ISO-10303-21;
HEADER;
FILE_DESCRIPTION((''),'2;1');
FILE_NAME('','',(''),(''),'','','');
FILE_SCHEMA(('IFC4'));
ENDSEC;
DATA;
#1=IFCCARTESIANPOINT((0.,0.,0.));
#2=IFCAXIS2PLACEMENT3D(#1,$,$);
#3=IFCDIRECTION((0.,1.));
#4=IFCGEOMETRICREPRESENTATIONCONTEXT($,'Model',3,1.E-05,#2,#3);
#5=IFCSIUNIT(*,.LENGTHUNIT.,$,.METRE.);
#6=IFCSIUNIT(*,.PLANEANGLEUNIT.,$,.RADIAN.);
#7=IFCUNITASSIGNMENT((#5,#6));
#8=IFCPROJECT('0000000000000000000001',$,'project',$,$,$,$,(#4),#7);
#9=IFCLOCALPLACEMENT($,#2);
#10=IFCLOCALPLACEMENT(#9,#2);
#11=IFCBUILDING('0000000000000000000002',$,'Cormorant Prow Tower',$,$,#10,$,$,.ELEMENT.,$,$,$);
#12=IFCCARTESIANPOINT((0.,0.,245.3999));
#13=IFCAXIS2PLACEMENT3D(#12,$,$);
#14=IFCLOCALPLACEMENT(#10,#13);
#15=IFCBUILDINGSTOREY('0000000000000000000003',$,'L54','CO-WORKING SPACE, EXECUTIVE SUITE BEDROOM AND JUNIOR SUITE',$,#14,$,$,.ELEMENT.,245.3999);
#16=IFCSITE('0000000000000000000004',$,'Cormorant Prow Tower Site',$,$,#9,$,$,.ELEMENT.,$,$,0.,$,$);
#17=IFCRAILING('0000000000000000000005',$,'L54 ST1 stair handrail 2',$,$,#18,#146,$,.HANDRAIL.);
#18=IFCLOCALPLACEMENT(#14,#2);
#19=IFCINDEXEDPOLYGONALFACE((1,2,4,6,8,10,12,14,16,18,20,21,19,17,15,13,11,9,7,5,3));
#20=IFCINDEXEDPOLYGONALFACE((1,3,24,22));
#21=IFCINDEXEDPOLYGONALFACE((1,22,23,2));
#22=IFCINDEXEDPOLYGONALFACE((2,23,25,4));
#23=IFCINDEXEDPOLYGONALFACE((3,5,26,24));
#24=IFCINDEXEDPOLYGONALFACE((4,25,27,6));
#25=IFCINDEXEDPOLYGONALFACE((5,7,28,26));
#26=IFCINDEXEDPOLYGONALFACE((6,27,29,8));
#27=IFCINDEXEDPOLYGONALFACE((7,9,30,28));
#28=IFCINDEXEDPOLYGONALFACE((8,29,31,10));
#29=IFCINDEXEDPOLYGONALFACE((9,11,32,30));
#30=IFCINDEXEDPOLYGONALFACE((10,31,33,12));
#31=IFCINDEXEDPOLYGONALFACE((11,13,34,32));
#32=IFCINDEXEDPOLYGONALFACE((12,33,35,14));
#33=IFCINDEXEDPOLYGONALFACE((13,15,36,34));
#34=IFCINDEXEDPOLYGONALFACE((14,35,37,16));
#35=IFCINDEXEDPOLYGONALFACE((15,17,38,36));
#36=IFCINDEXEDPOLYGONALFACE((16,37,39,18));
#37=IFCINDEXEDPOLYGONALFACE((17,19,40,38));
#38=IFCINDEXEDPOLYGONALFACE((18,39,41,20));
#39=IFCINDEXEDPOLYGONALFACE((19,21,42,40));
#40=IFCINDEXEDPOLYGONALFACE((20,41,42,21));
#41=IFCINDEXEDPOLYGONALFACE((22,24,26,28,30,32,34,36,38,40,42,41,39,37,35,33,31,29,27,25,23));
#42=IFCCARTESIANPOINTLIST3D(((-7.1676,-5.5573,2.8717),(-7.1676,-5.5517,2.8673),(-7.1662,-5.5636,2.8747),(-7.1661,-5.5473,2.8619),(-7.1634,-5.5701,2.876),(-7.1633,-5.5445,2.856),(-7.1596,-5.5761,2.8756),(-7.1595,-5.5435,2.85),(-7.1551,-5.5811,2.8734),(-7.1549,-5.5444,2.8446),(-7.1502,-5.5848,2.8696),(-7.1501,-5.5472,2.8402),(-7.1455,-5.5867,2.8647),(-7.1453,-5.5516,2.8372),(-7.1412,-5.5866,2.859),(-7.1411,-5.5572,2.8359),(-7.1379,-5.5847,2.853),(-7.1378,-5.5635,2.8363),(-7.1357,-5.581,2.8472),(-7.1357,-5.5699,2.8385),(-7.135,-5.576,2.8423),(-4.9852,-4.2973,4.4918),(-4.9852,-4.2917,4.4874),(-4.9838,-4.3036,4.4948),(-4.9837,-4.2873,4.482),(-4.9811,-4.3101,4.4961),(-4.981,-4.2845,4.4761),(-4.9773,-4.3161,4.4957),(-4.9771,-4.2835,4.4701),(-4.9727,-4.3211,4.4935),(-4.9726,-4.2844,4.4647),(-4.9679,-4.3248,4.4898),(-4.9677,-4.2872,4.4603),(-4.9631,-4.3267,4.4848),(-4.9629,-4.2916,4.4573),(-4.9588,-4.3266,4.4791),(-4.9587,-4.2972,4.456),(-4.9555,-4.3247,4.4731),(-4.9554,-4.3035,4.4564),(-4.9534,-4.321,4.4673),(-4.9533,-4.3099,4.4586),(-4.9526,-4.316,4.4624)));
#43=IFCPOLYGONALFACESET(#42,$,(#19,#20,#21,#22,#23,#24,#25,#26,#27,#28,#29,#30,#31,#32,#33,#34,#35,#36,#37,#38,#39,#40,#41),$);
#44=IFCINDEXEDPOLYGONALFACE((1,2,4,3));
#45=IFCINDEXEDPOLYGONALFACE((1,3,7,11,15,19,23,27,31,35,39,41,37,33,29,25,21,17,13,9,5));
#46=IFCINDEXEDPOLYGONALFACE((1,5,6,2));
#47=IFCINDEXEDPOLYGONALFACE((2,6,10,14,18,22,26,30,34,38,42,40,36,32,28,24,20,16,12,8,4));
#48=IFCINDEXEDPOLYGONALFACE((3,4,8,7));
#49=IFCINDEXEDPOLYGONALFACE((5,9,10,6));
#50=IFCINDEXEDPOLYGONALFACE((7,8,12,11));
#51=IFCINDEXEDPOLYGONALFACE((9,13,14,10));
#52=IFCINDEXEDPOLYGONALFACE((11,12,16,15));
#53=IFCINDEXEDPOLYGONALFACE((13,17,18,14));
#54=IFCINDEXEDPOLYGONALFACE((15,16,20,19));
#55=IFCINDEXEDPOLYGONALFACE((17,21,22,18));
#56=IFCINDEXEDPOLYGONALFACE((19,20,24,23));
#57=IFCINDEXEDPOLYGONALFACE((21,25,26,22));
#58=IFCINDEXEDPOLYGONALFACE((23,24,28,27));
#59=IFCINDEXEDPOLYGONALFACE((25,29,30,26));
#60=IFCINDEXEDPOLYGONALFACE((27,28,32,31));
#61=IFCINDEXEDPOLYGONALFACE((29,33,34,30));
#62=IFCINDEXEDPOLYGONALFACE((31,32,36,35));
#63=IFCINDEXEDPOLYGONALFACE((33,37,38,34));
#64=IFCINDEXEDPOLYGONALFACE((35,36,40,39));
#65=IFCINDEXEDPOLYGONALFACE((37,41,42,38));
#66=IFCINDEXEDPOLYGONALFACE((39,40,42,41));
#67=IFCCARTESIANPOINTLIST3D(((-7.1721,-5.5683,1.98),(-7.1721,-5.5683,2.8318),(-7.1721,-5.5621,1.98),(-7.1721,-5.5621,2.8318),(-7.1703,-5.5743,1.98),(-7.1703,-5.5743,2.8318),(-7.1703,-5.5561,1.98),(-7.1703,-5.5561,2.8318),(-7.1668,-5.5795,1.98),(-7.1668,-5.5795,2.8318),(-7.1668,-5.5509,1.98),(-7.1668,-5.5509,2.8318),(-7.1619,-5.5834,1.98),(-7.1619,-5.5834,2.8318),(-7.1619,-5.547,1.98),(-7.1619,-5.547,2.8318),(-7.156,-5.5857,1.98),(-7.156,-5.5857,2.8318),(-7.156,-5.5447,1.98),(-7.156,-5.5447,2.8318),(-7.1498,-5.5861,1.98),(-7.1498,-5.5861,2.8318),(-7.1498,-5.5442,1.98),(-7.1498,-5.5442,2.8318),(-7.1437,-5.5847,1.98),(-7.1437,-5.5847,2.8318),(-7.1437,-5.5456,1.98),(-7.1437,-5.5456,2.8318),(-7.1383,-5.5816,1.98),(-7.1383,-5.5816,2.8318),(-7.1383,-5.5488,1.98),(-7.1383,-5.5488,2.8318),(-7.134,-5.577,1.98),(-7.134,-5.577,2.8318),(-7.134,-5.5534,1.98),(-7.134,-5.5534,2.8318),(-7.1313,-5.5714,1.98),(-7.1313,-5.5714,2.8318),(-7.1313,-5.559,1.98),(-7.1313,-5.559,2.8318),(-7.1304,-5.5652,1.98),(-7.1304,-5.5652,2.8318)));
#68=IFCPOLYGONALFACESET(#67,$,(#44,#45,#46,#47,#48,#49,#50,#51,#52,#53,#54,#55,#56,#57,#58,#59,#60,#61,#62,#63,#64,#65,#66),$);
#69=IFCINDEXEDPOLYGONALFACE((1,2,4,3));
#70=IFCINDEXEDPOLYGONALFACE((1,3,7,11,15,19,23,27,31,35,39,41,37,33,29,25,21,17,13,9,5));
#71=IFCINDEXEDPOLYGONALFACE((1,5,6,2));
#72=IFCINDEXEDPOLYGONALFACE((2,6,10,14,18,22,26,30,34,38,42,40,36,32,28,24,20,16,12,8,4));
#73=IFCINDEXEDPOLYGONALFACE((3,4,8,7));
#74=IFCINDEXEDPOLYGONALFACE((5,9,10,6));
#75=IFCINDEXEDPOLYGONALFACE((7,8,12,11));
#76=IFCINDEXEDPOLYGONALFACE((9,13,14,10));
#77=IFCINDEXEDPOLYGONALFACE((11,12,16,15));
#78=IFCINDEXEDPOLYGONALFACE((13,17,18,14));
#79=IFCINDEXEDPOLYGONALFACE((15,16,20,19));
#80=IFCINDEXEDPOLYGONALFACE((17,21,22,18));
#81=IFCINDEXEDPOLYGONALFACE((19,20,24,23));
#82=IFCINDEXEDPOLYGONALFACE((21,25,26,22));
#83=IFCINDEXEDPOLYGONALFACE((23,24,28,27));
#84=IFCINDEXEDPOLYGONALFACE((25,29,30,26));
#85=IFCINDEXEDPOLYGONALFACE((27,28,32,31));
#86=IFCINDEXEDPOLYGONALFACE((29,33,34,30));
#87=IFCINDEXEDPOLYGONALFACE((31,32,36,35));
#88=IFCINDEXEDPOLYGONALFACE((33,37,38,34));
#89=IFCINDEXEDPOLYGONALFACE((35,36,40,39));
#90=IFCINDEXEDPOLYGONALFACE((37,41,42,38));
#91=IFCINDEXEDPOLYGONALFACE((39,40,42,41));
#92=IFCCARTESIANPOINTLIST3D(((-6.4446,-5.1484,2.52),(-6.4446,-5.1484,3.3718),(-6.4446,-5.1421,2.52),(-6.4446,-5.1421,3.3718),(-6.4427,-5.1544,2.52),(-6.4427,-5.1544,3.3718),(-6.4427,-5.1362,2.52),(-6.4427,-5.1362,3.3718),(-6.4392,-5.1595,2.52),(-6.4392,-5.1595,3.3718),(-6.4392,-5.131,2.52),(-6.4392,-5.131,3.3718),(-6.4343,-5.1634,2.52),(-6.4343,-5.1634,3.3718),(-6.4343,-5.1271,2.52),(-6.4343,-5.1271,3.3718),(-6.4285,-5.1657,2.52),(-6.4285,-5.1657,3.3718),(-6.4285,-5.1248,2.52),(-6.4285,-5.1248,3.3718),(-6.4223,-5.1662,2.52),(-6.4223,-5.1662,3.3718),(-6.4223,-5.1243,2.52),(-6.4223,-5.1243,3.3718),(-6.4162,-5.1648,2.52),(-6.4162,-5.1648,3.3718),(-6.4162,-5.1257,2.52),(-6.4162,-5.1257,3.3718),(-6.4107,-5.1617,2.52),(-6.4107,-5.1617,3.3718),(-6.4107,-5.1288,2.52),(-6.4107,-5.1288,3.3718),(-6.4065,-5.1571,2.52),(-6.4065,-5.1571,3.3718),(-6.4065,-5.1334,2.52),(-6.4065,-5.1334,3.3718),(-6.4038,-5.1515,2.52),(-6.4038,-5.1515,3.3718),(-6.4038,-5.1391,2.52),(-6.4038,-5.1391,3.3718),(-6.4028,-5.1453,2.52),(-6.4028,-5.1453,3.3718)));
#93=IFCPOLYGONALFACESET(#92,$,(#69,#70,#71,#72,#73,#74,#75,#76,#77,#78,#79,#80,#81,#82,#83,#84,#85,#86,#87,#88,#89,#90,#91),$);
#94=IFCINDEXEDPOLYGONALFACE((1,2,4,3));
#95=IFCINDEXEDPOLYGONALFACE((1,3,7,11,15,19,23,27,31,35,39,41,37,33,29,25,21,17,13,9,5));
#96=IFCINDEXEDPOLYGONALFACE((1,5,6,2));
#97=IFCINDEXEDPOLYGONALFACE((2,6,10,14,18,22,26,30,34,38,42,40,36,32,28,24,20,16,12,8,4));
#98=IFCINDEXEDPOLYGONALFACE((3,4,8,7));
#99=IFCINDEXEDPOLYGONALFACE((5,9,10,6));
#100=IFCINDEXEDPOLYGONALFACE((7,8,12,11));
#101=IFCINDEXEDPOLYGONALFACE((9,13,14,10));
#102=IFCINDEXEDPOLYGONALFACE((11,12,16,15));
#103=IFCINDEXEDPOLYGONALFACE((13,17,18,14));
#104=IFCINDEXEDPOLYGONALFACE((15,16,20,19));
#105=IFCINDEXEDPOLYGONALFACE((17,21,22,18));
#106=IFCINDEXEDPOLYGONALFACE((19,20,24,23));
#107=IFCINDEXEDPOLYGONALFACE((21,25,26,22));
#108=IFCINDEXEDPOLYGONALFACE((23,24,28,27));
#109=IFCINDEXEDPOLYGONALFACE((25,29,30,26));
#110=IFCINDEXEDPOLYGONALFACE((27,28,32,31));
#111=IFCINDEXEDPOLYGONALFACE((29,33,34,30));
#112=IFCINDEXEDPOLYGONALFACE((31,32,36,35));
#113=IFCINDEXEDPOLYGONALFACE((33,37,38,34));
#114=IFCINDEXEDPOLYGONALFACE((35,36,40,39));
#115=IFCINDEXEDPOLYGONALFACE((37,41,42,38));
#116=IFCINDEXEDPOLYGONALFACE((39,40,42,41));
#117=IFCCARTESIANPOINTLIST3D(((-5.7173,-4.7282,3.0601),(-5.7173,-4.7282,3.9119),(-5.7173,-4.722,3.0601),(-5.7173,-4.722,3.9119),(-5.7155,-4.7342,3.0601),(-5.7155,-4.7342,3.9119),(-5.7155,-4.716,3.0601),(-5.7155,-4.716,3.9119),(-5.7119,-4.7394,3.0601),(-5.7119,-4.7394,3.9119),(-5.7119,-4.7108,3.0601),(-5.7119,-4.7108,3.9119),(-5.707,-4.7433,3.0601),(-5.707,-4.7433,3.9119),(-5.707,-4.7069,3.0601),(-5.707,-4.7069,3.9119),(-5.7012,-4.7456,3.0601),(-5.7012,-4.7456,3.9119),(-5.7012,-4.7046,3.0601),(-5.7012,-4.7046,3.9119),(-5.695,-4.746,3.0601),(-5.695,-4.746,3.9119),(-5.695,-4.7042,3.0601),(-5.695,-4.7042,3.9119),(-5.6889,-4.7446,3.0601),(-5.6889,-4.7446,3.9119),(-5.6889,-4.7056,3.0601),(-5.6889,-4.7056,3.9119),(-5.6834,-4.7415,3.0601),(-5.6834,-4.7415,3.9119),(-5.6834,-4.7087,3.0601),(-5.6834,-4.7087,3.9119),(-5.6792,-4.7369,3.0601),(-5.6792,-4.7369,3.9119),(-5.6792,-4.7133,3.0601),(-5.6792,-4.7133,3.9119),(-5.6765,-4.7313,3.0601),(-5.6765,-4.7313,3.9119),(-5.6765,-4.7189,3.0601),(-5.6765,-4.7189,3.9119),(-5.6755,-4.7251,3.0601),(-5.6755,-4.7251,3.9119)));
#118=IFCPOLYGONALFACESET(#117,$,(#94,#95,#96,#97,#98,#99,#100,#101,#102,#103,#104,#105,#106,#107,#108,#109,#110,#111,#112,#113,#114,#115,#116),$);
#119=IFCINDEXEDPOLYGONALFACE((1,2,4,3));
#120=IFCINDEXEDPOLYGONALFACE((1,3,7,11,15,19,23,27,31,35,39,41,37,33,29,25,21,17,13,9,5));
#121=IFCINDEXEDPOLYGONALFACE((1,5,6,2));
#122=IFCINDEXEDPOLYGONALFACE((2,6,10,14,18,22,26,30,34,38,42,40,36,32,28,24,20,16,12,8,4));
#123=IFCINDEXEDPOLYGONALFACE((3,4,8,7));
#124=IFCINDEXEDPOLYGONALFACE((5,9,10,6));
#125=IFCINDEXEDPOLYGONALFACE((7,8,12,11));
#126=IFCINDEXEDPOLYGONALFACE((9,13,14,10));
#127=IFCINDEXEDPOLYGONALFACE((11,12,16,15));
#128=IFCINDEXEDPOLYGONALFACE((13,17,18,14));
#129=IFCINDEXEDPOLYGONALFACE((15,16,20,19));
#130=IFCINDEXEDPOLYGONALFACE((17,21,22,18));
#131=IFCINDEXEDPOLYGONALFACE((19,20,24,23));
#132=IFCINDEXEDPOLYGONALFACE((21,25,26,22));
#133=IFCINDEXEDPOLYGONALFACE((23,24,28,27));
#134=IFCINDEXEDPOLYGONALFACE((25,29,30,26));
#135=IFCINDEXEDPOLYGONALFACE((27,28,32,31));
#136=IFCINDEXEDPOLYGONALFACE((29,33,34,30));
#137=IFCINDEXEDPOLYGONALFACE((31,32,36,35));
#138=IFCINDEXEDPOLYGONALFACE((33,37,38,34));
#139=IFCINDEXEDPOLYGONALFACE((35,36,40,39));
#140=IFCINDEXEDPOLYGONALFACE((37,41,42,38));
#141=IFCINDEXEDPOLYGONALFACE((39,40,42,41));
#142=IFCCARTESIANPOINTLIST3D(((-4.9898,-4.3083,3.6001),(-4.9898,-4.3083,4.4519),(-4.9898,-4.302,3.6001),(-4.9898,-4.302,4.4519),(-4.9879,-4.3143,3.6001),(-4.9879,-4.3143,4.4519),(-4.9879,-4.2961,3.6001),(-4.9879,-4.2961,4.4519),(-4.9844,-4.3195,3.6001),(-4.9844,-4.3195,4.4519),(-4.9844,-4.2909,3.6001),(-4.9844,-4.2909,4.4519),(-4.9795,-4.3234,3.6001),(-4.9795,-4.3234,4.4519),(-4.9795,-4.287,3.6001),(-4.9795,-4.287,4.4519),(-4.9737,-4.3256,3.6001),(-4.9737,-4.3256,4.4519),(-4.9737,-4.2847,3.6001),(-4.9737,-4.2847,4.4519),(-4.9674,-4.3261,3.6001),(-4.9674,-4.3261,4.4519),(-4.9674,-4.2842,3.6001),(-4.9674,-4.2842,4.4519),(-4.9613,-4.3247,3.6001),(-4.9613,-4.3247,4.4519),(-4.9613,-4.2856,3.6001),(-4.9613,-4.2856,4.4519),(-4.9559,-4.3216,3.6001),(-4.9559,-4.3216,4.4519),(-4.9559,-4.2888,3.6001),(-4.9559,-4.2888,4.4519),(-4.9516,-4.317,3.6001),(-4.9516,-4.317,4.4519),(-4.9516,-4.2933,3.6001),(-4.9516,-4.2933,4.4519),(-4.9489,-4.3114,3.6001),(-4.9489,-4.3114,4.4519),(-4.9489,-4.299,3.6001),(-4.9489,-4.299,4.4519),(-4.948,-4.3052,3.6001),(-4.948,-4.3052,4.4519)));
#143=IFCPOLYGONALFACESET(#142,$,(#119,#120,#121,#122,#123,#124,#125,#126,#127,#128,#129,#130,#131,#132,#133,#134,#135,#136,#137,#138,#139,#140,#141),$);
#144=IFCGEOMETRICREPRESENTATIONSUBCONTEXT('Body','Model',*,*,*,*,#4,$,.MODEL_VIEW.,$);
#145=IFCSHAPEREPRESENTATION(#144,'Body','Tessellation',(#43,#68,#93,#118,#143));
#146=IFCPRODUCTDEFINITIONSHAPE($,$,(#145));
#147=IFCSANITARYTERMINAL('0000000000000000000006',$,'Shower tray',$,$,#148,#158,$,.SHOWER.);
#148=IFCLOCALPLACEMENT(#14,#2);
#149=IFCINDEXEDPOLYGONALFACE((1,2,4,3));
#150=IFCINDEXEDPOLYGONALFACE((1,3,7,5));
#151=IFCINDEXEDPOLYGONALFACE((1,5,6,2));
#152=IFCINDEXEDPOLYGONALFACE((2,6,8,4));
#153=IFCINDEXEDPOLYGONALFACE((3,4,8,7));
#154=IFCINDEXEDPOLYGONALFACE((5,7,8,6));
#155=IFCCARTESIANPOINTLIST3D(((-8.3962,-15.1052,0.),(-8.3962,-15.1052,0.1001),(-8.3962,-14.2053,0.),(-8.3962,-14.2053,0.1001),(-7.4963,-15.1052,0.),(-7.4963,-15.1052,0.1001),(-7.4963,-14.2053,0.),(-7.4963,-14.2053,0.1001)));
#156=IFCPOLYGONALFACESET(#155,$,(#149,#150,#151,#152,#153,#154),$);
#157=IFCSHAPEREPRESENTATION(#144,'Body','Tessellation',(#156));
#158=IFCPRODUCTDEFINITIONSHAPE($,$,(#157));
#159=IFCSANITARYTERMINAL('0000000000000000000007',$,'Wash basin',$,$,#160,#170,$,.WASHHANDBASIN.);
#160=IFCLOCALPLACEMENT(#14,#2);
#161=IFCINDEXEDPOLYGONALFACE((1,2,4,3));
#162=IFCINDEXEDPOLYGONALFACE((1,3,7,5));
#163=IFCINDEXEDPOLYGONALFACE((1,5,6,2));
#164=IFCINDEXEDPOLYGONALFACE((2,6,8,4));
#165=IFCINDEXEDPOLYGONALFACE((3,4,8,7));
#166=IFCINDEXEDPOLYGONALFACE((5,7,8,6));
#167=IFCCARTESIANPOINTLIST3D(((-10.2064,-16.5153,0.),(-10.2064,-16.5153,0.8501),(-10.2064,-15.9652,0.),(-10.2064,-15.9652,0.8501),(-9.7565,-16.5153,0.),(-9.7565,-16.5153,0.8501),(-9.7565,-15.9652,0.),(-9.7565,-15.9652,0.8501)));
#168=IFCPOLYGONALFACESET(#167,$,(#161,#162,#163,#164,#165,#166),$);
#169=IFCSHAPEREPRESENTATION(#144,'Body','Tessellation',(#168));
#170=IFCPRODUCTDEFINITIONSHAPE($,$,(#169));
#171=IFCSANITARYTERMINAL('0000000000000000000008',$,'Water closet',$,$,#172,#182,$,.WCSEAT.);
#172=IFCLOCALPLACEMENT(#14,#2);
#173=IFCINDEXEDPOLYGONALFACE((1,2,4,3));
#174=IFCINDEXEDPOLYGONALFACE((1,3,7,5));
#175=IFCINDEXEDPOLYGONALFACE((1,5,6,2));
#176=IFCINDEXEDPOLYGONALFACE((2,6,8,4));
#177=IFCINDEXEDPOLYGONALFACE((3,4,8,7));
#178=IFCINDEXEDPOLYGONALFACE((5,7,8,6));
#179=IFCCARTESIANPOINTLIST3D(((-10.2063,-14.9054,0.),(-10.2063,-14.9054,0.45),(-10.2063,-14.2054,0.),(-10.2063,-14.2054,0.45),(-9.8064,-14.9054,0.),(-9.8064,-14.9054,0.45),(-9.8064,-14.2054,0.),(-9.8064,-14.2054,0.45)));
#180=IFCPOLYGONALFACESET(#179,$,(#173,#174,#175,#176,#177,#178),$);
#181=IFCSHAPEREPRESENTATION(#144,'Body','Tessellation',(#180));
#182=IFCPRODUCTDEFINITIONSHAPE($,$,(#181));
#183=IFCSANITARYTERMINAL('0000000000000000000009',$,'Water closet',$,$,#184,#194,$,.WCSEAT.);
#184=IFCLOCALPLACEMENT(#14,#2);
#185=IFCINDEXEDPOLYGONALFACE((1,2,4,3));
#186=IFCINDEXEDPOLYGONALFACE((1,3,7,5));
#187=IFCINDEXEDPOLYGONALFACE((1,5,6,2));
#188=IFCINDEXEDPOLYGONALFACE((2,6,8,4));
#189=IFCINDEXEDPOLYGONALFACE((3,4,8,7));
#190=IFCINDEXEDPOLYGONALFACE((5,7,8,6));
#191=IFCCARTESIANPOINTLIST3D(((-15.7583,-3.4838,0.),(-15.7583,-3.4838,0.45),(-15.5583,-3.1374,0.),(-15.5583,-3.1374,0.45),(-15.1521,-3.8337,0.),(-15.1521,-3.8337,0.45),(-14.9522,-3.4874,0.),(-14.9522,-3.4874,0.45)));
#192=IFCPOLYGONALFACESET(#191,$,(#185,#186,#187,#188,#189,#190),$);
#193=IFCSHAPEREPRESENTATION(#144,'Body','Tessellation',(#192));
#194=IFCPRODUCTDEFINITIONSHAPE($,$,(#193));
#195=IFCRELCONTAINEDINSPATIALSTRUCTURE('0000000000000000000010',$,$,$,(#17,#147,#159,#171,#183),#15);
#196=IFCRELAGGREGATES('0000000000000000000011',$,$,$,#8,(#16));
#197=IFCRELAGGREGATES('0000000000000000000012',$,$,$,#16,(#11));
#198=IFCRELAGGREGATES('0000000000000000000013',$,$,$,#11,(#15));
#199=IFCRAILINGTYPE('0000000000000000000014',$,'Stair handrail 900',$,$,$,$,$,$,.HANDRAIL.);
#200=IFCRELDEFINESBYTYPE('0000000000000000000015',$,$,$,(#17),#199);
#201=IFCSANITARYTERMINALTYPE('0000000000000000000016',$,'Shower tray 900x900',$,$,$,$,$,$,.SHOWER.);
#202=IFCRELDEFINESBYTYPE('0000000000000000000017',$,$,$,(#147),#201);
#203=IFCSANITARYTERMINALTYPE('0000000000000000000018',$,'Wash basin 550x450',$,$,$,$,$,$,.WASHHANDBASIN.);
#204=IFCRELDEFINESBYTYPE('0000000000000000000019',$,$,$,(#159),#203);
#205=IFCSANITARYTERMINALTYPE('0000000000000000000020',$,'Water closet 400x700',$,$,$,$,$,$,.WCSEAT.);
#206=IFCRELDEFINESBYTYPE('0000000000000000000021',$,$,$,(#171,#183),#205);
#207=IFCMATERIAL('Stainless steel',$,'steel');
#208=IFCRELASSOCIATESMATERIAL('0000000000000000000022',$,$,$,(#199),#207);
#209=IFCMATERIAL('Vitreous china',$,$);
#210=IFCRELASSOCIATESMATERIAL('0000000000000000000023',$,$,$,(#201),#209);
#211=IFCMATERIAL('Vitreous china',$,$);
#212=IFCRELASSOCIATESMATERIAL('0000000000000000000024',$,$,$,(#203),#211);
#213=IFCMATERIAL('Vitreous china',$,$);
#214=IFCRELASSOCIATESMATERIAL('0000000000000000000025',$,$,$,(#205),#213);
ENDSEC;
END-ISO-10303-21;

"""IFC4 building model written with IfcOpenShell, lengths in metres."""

from ifc_helpers import new_model, si_unit, direction, frame, origin, origin_2d, place, context, subcontext, project, spatial, rectangle, circle, extrude, material, type_object, element, save


model = new_model("IFC4")

# Units and contexts
model_context = context("Model", 3, precision=1e-05, world=origin(), true_north=direction((0.0, 1.0)))
body_context = subcontext(model_context, "Body", "Model", "MODEL_VIEW")
ifc_project = project(units=[si_unit("LENGTHUNIT", "METRE"), si_unit("PLANEANGLEUNIT", "RADIAN")], contexts=[model_context])

# Site, building, storey
site_placement = place(None, origin())
site = spatial("IfcSite", under=ifc_project, at=site_placement, Name="Cormorant Prow Tower Site", CompositionType="ELEMENT", RefElevation=0.0)
building_placement = place(site_placement, origin())
building = spatial("IfcBuilding", under=site, at=building_placement, Name="Cormorant Prow Tower", CompositionType="ELEMENT")
storey_placement = place(building_placement, frame((0.0, 0.0, 245.3999)))
storey = spatial("IfcBuildingStorey", under=building, at=storey_placement, Name="L54", Description="CO-WORKING SPACE, EXECUTIVE SUITE BEDROOM AND JUNIOR SUITE", CompositionType="ELEMENT", Elevation=245.3999)

# Railing
ifc_material_1 = material(Name="Stainless steel", Category="steel")
railing_type_1 = type_object("IfcRailingType", Name="Stair handrail 900", PredefinedType="HANDRAIL", material=ifc_material_1)
railing_1_placement = place(storey_placement, frame((-7.1514, -5.5652, 1.98)))
element("IfcRailing", 1, at=railing_1_placement, inside=storey, type_object=railing_type_1, Name="L54 ST1 stair handrail 2", PredefinedType="HANDRAIL", context=body_context, shape_type="SweptSolid", body=[
    extrude(circle(Radius=0.0239, at=origin_2d()), frame((0.0, 0.0, 0.876), z_axis=(0.728464, 0.420584, 0.540786), x_axis=(-0.500005, 0.866023, 0.0)), (0.0, 0.0, 1.0), 2.9958),
    extrude(circle(Radius=0.021, at=origin_2d()), origin(), (0.0, 0.0, 1.0), 0.8518),
    extrude(circle(Radius=0.021, at=origin_2d()), frame((0.7275, 0.4199, 0.54)), (0.0, 0.0, 1.0), 0.8518),
    extrude(circle(Radius=0.021, at=origin_2d()), frame((1.4548, 0.8401, 1.0801)), (0.0, 0.0, 1.0), 0.8518),
    extrude(circle(Radius=0.021, at=origin_2d()), frame((2.1824, 1.26, 1.6201)), (0.0, 0.0, 1.0), 0.8518),
])

# Sanitary terminals
ifc_material_2 = material(Name="Vitreous china")
sanitary_terminal_type_1 = type_object("IfcSanitaryTerminalType", Name="Shower tray 900x900", PredefinedType="SHOWER", material=ifc_material_2)
sanitary_terminal_1_placement = place(storey_placement, frame((-7.9463, -14.6553, 0.0), z_axis=(0.0, 0.0, 1.0), x_axis=(0.0, -1.0, 0.0)))
element("IfcSanitaryTerminal", 2, at=sanitary_terminal_1_placement, inside=storey, type_object=sanitary_terminal_type_1, Name="Shower tray", PredefinedType="SHOWER", context=body_context, shape_type="SweptSolid", body=[
    extrude(rectangle(XDim=0.8999, YDim=0.8999, at=origin_2d()), origin(), (0.0, 0.0, 1.0), 0.1001),
])
ifc_material_3 = material(Name="Vitreous china")
sanitary_terminal_type_2 = type_object("IfcSanitaryTerminalType", Name="Wash basin 550x450", PredefinedType="WASHHANDBASIN", material=ifc_material_3)
sanitary_terminal_2_placement = place(storey_placement, frame((-9.9814, -16.2402, 0.0), z_axis=(0.0, 0.0, 1.0), x_axis=(0.0, 1.0, 0.0)))
element("IfcSanitaryTerminal", 3, at=sanitary_terminal_2_placement, inside=storey, type_object=sanitary_terminal_type_2, Name="Wash basin", PredefinedType="WASHHANDBASIN", context=body_context, shape_type="SweptSolid", body=[
    extrude(rectangle(XDim=0.55, YDim=0.45, at=origin_2d()), origin(), (0.0, 0.0, 1.0), 0.8501),
])
ifc_material_4 = material(Name="Vitreous china")
sanitary_terminal_type_3 = type_object("IfcSanitaryTerminalType", Name="Water closet 400x700", PredefinedType="WCSEAT", material=ifc_material_4)
for number, where, z_axis, x_axis, name in (
    (4, (-10.0063, -14.5554, 0.0), (0.0, 0.0, 1.0), (1.0, 0.0, 0.0), "Water closet"),
    (5, (-15.3552, -3.4856, 0.0), (0.0, 0.0, 1.0), (-0.5, -0.866025, 0.0), "Water closet"),
):
    element("IfcSanitaryTerminal", number, at=place(storey_placement, frame(where, z_axis=z_axis, x_axis=x_axis)), inside=storey, type_object=sanitary_terminal_type_3, Name=name, PredefinedType="WCSEAT", context=body_context, shape_type="SweptSolid", body=[
        extrude(rectangle(XDim=0.3999, YDim=0.7, at=origin_2d()), origin(), (0.0, 0.0, 1.0), 0.45),
    ])

save(model, "model.ifc")
